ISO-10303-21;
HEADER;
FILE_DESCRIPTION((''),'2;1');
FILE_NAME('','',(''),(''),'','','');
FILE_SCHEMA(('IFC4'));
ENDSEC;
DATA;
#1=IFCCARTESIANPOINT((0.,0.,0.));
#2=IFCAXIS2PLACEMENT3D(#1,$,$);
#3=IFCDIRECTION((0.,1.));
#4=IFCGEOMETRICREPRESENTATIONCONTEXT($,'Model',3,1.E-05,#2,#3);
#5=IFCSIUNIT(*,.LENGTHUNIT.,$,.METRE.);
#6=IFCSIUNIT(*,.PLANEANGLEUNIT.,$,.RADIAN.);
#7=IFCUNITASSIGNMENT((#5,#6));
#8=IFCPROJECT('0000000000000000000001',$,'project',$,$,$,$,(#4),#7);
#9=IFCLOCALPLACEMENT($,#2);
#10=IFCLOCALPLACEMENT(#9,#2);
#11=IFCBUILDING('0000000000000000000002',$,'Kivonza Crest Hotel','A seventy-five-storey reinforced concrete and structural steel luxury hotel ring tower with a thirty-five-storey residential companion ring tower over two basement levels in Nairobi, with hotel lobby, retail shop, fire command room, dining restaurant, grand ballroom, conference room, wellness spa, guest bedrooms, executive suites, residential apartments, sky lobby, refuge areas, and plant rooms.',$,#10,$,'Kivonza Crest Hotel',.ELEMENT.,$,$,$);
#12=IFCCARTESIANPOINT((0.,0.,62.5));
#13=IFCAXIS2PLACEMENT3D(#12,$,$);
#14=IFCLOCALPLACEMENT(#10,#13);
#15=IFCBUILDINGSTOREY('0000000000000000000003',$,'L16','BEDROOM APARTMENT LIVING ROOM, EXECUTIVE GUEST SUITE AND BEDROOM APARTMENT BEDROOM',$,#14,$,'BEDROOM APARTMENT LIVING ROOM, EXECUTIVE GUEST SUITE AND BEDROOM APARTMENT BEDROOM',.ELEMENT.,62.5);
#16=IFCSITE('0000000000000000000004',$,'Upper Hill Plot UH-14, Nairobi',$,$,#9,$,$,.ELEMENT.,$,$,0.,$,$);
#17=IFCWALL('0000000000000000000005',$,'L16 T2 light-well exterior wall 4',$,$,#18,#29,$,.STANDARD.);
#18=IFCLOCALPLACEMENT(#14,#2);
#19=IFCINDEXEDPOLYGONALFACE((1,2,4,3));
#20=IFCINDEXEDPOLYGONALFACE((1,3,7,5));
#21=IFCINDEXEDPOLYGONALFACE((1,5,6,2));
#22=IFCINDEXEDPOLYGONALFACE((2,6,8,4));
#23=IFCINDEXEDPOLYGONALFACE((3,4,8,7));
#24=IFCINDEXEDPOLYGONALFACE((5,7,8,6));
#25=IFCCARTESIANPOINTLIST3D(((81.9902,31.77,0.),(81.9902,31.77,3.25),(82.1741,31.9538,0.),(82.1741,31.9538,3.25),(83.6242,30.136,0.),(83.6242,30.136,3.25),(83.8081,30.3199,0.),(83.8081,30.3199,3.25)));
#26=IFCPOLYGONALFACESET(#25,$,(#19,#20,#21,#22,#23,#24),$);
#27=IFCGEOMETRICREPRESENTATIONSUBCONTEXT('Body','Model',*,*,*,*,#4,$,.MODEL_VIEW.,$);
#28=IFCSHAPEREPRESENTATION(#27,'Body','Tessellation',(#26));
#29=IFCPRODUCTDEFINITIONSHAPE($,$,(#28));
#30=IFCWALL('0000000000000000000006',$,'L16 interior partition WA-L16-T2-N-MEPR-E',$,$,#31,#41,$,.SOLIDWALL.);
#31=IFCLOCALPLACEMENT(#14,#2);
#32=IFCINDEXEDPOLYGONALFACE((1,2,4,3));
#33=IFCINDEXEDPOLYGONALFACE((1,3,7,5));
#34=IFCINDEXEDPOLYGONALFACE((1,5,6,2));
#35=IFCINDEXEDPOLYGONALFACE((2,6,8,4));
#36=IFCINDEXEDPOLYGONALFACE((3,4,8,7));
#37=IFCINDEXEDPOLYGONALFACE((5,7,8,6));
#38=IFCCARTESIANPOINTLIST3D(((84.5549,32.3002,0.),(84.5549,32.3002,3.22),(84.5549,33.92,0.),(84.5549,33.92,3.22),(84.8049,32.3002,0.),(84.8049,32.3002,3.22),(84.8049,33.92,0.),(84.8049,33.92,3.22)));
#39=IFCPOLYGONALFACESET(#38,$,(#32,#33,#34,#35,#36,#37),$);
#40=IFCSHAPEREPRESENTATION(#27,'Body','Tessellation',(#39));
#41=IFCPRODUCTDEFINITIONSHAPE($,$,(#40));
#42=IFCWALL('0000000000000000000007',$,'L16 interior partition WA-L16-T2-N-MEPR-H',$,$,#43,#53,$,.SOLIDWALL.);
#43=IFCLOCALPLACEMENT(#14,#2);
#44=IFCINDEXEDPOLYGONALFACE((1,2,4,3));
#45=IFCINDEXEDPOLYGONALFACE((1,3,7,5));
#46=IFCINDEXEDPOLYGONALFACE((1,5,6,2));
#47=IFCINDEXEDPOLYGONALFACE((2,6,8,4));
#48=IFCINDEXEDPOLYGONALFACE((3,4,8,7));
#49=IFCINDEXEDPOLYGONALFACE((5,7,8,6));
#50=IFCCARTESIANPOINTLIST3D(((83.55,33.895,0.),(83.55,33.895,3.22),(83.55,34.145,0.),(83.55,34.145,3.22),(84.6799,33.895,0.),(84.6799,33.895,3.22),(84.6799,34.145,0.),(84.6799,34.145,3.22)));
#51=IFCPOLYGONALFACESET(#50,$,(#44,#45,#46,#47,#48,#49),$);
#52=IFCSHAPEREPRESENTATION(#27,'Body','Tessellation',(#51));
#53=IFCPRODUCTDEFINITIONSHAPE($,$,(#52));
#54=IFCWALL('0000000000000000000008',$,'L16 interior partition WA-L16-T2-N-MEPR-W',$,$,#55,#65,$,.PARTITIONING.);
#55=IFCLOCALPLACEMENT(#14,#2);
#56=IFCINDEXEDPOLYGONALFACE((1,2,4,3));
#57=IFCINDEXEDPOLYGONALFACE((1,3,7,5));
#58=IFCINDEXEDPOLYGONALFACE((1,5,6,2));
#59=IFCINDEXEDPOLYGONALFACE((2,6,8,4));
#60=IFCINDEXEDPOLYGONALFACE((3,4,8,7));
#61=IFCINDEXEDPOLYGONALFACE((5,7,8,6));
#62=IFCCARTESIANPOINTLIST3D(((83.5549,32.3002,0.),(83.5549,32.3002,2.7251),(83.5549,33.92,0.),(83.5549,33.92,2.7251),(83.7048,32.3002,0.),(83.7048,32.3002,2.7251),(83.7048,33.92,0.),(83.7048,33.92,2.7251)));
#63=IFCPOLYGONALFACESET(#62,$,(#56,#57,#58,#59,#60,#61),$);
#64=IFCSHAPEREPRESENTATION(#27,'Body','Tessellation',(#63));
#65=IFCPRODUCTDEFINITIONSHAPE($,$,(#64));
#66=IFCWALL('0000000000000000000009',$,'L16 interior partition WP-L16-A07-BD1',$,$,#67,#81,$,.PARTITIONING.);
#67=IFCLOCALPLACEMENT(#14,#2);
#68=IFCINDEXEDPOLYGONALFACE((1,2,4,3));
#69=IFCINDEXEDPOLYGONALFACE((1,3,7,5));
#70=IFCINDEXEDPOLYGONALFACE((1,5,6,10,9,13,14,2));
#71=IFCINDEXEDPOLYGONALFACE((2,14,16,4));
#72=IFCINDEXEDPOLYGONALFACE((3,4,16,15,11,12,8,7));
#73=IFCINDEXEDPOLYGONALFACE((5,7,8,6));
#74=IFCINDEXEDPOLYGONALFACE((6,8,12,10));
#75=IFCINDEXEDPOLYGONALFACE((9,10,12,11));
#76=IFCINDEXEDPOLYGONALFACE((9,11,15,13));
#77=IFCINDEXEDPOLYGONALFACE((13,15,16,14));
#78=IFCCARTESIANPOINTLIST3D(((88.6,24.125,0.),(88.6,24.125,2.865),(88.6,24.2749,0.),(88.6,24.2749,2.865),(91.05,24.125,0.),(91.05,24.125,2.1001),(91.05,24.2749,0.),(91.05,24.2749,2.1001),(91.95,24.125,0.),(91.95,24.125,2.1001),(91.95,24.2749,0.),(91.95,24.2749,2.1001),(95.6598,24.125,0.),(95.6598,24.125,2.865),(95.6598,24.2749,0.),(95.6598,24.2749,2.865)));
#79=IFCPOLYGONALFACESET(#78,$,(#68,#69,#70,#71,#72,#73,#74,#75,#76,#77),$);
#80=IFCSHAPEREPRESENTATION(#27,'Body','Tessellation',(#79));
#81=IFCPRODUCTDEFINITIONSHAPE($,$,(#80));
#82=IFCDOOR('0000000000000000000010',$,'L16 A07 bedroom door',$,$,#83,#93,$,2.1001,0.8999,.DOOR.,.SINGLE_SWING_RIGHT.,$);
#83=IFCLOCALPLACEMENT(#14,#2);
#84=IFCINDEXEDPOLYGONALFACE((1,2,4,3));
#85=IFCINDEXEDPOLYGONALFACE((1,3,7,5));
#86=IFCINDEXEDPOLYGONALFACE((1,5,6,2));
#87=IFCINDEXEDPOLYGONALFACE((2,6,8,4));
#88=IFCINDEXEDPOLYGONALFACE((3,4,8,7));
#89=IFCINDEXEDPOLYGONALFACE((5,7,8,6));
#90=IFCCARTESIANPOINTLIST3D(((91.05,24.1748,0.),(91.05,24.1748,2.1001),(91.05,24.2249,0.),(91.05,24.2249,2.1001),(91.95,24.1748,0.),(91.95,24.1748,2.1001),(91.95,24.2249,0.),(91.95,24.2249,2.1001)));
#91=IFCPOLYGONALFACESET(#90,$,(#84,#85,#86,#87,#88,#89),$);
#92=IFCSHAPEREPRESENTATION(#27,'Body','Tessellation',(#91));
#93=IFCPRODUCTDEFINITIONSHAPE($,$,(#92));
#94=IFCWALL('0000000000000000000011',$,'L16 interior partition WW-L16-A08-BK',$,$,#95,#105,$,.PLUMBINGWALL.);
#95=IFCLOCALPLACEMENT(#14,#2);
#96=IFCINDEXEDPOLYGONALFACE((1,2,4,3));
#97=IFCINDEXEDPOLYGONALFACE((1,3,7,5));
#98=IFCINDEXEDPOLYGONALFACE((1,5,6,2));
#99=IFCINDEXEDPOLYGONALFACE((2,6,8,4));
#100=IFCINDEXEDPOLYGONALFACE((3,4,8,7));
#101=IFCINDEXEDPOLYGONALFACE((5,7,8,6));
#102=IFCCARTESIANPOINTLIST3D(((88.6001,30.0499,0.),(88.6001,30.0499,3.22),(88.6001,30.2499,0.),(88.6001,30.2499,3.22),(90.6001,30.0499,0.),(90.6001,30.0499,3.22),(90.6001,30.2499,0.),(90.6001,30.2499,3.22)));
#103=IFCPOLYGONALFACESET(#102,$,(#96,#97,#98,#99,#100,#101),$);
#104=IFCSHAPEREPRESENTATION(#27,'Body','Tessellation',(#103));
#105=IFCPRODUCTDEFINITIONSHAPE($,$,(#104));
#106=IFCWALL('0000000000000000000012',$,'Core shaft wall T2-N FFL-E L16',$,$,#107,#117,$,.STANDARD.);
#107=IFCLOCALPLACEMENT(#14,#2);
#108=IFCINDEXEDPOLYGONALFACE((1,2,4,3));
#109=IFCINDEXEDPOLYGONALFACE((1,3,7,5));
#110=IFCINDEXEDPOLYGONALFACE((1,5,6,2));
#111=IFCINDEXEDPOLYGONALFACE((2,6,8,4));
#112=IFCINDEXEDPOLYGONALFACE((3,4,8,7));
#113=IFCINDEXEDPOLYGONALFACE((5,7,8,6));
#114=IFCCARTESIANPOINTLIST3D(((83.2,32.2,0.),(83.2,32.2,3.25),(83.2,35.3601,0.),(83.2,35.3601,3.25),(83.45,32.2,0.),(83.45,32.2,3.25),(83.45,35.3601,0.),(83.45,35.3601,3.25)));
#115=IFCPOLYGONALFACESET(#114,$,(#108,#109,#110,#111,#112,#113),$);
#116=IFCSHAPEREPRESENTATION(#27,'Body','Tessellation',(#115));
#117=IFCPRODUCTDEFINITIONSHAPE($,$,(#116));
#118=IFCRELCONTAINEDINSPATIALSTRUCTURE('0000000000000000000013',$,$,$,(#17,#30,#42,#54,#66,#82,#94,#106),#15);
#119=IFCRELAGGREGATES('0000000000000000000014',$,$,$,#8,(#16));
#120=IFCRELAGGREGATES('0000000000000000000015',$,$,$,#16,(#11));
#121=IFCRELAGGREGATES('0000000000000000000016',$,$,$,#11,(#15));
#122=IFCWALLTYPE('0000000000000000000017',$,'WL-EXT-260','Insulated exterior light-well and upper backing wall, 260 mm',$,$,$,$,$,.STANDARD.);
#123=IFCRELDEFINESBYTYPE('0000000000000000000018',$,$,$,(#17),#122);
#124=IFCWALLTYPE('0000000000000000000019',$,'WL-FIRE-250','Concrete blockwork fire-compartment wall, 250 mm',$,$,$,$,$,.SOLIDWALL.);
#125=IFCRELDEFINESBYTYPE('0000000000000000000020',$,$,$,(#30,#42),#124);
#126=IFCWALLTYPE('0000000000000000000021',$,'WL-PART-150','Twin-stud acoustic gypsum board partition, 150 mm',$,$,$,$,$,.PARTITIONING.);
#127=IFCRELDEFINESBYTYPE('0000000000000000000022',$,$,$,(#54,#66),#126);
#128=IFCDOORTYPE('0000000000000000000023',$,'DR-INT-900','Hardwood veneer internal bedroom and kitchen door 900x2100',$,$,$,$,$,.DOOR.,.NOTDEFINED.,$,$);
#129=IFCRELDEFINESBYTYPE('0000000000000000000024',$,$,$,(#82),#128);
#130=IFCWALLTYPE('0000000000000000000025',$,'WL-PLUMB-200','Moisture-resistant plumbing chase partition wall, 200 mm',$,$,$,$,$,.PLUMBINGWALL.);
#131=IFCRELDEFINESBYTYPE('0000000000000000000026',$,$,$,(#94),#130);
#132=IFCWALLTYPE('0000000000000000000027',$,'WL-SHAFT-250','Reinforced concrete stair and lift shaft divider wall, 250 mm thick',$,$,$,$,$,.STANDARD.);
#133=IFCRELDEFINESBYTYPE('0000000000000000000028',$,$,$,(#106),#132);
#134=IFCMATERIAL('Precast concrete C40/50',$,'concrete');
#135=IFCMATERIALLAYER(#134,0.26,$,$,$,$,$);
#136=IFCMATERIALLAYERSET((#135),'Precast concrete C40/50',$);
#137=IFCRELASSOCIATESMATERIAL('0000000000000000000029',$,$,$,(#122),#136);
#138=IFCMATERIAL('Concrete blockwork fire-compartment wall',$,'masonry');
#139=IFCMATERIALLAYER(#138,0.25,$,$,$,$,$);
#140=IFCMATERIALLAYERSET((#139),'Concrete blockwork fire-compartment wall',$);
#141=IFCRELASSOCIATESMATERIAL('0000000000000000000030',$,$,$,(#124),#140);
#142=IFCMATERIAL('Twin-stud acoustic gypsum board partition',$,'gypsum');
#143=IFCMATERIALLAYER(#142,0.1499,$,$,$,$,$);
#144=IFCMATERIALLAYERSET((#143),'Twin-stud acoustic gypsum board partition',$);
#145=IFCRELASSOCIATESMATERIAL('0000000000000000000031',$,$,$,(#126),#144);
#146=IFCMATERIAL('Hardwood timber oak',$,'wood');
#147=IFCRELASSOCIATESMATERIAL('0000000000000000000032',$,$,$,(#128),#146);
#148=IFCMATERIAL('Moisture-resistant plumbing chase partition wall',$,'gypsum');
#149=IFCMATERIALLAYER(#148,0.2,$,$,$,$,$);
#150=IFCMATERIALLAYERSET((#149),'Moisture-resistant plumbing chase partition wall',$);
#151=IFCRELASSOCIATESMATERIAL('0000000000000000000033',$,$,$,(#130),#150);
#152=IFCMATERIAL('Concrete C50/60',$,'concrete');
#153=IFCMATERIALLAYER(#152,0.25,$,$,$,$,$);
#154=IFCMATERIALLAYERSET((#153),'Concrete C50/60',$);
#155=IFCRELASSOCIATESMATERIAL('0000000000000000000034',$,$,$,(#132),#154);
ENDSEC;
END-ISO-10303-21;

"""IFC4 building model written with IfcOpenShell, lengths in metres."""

from ifc_helpers import new_model, si_unit, direction, frame, frame_2d, origin, place, context, subcontext, project, spatial, rectangle, extrude, material, layer, layer_set, type_object, element, fill, save


model = new_model("IFC4")

# Units and contexts
model_context = context("Model", 3, precision=1e-05, world=origin(), true_north=direction((0.0, 1.0)))
body_context = subcontext(model_context, "Body", "Model", "MODEL_VIEW")
ifc_project = project(units=[si_unit("LENGTHUNIT", "METRE"), si_unit("PLANEANGLEUNIT", "RADIAN")], contexts=[model_context])

# Site, building, storey
site_placement = place(None, origin())
site = spatial("IfcSite", under=ifc_project, at=site_placement, Name="Upper Hill Plot UH-14, Nairobi", CompositionType="ELEMENT", RefElevation=0.0)
building_placement = place(site_placement, origin())
building = spatial("IfcBuilding", under=site, at=building_placement, Name="Kivonza Crest Hotel", Description="A seventy-five-storey reinforced concrete and structural steel luxury hotel ring tower with a thirty-five-storey residential companion ring tower over two basement levels in Nairobi, with hotel lobby, retail shop, fire command room, dining restaurant, grand ballroom, conference room, wellness spa, guest bedrooms, executive suites, residential apartments, sky lobby, refuge areas, and plant rooms.", LongName="Kivonza Crest Hotel", CompositionType="ELEMENT")
storey_placement = place(building_placement, frame((0.0, 0.0, 62.5)))
storey = spatial("IfcBuildingStorey", under=building, at=storey_placement, Name="L16", Description="BEDROOM APARTMENT LIVING ROOM, EXECUTIVE GUEST SUITE AND BEDROOM APARTMENT BEDROOM", LongName="BEDROOM APARTMENT LIVING ROOM, EXECUTIVE GUEST SUITE AND BEDROOM APARTMENT BEDROOM", CompositionType="ELEMENT", Elevation=62.5)

# Shared definitions
ifc_material_1 = material(Name="Concrete C50/60", Category="concrete")

# Shared definitions
ifc_material_2 = material(Name="Hardwood timber oak", Category="wood")

# Walls
ifc_material_3 = material(Name="Precast concrete C40/50", Category="concrete")
ifc_layer_1 = layer(ifc_material_3, 0.26)
ifc_layer_set_1 = layer_set([ifc_layer_1], Name="Precast concrete C40/50")
wall_type_1 = type_object("IfcWallType", Name="WL-EXT-260", Description="Insulated exterior light-well and upper backing wall, 260 mm", PredefinedType="STANDARD", material=ifc_layer_set_1)
wall_1_placement = place(storey_placement, frame((83.7161, 30.228, 0.0), z_axis=(0.0, 0.0, 1.0), x_axis=(-0.707107, 0.707107, 0.0)))
element("IfcWall", 1, at=wall_1_placement, inside=storey, type_object=wall_type_1, Name="L16 T2 light-well exterior wall 4", PredefinedType="STANDARD", context=body_context, shape_type="SweptSolid", body=[
    extrude(rectangle(XDim=2.3108, YDim=0.26, at=frame_2d((1.1553, 0.0))), origin(), (0.0, 0.0, 1.0), 3.25),
])
ifc_material_4 = material(Name="Concrete blockwork fire-compartment wall", Category="masonry")
ifc_layer_2 = layer(ifc_material_4, 0.25)
ifc_layer_set_2 = layer_set([ifc_layer_2], Name="Concrete blockwork fire-compartment wall")
wall_type_2 = type_object("IfcWallType", Name="WL-FIRE-250", Description="Concrete blockwork fire-compartment wall, 250 mm", PredefinedType="SOLIDWALL", material=ifc_layer_set_2)
wall_2_placement = place(storey_placement, frame((84.6799, 32.3, 0.0), z_axis=(0.0, 0.0, 1.0), x_axis=(0.0, 1.0, 0.0)))
element("IfcWall", 2, at=wall_2_placement, inside=storey, type_object=wall_type_2, Name="L16 interior partition WA-L16-T2-N-MEPR-E", PredefinedType="SOLIDWALL", context=body_context, shape_type="SweptSolid", body=[
    extrude(rectangle(XDim=1.6199, YDim=0.25, at=frame_2d((0.8101, 0.0))), origin(), (0.0, 0.0, 1.0), 3.22),
])
wall_3_placement = place(storey_placement, frame((83.55, 34.02, 0.0), z_axis=(0.0, 0.0, 1.0), x_axis=(1.0, 0.0, 0.0)))
element("IfcWall", 3, at=wall_3_placement, inside=storey, type_object=wall_type_2, Name="L16 interior partition WA-L16-T2-N-MEPR-H", PredefinedType="SOLIDWALL", context=body_context, shape_type="SweptSolid", body=[
    extrude(rectangle(XDim=1.1299, YDim=0.25, at=frame_2d((0.5649, 0.0))), origin(), (0.0, 0.0, 1.0), 3.22),
])
ifc_material_5 = material(Name="Twin-stud acoustic gypsum board partition", Category="gypsum")
ifc_layer_3 = layer(ifc_material_5, 0.1499)
ifc_layer_set_3 = layer_set([ifc_layer_3], Name="Twin-stud acoustic gypsum board partition")
wall_type_3 = type_object("IfcWallType", Name="WL-PART-150", Description="Twin-stud acoustic gypsum board partition, 150 mm", PredefinedType="PARTITIONING", material=ifc_layer_set_3)
wall_4_placement = place(storey_placement, frame((83.6299, 32.3, 0.0), z_axis=(0.0, 0.0, 1.0), x_axis=(0.0, 1.0, 0.0)))
element("IfcWall", 4, at=wall_4_placement, inside=storey, type_object=wall_type_3, Name="L16 interior partition WA-L16-T2-N-MEPR-W", PredefinedType="PARTITIONING", context=body_context, shape_type="SweptSolid", body=[
    extrude(rectangle(XDim=1.6199, YDim=0.1499, at=frame_2d((0.8101, 0.0))), origin(), (0.0, 0.0, 1.0), 2.7251),
])

# Wall, opening, door
wall_5_placement = place(storey_placement, frame((88.6001, 24.2, 0.0), z_axis=(0.0, 0.0, 1.0), x_axis=(1.0, 0.0, 0.0)))
wall_5 = element("IfcWall", 5, at=wall_5_placement, inside=storey, type_object=wall_type_3, Name="L16 interior partition WP-L16-A07-BD1", PredefinedType="PARTITIONING", context=body_context, shape_type="SweptSolid", body=[
    extrude(rectangle(XDim=7.0598, YDim=0.1499, at=frame_2d((3.5298, 0.0))), origin(), (0.0, 0.0, 1.0), 2.865),
])
opening_1_placement = place(wall_5_placement, frame((2.45, 0.0, 0.0)))
opening_1 = element("IfcOpeningElement", 6, at=opening_1_placement, cuts=wall_5, PredefinedType="OPENING", context=body_context, shape_type="SweptSolid", body=[
    extrude(rectangle(XDim=0.8999, YDim=2.1001, at=frame_2d((0.45, 1.05))), frame((0.0, 0.085, 0.0), z_axis=(0.0, -1.0, 0.0), x_axis=(1.0, 0.0, 0.0)), (0.0, 0.0, 1.0), 0.1699),
])
door_type_1 = type_object("IfcDoorType", Name="DR-INT-900", Description="Hardwood veneer internal bedroom and kitchen door 900x2100", OperationType="NOTDEFINED", PredefinedType="DOOR", material=ifc_material_2)
door_1_placement = place(opening_1_placement, origin())
door_1 = element("IfcDoor", 7, at=door_1_placement, inside=storey, type_object=door_type_1, Name="L16 A07 bedroom door", OperationType="SINGLE_SWING_RIGHT", OverallHeight=2.1001, OverallWidth=0.8999, PredefinedType="DOOR", context=body_context, shape_type="SweptSolid", body=[
    extrude(rectangle(XDim=0.8999, YDim=2.1001, at=frame_2d((0.45, 1.05))), frame((0.0, 0.0249, 0.0), z_axis=(0.0, -1.0, 0.0), x_axis=(1.0, 0.0, 0.0)), (0.0, 0.0, 1.0), 0.05),
])
fill(opening_1, door_1)

# Wall
ifc_material_6 = material(Name="Moisture-resistant plumbing chase partition wall", Category="gypsum")
ifc_layer_4 = layer(ifc_material_6, 0.2)
ifc_layer_set_4 = layer_set([ifc_layer_4], Name="Moisture-resistant plumbing chase partition wall")
wall_type_4 = type_object("IfcWallType", Name="WL-PLUMB-200", Description="Moisture-resistant plumbing chase partition wall, 200 mm", PredefinedType="PLUMBINGWALL", material=ifc_layer_set_4)
wall_6_placement = place(storey_placement, frame((88.6001, 30.1499, 0.0), z_axis=(0.0, 0.0, 1.0), x_axis=(1.0, 0.0, 0.0)))
element("IfcWall", 8, at=wall_6_placement, inside=storey, type_object=wall_type_4, Name="L16 interior partition WW-L16-A08-BK", PredefinedType="PLUMBINGWALL", context=body_context, shape_type="SweptSolid", body=[
    extrude(rectangle(XDim=2.0, YDim=0.2, at=frame_2d((1.0, 0.0))), origin(), (0.0, 0.0, 1.0), 3.22),
])

# Shared definitions
ifc_layer_5 = layer(ifc_material_1, 0.25)
ifc_layer_set_5 = layer_set([ifc_layer_5], Name="Concrete C50/60")
wall_type_5 = type_object("IfcWallType", Name="WL-SHAFT-250", Description="Reinforced concrete stair and lift shaft divider wall, 250 mm thick", PredefinedType="STANDARD", material=ifc_layer_set_5)

# Wall
wall_7_placement = place(storey_placement, frame((83.325, 32.2, 0.0), z_axis=(0.0, 0.0, 1.0), x_axis=(0.0, 1.0, 0.0)))
element("IfcWall", 9, at=wall_7_placement, inside=storey, type_object=wall_type_5, Name="Core shaft wall T2-N FFL-E L16", PredefinedType="STANDARD", context=body_context, shape_type="SweptSolid", body=[
    extrude(rectangle(XDim=3.1602, YDim=0.25, at=frame_2d((1.5801, 0.0))), origin(), (0.0, 0.0, 1.0), 3.25),
])

save(model, "model.ifc")
